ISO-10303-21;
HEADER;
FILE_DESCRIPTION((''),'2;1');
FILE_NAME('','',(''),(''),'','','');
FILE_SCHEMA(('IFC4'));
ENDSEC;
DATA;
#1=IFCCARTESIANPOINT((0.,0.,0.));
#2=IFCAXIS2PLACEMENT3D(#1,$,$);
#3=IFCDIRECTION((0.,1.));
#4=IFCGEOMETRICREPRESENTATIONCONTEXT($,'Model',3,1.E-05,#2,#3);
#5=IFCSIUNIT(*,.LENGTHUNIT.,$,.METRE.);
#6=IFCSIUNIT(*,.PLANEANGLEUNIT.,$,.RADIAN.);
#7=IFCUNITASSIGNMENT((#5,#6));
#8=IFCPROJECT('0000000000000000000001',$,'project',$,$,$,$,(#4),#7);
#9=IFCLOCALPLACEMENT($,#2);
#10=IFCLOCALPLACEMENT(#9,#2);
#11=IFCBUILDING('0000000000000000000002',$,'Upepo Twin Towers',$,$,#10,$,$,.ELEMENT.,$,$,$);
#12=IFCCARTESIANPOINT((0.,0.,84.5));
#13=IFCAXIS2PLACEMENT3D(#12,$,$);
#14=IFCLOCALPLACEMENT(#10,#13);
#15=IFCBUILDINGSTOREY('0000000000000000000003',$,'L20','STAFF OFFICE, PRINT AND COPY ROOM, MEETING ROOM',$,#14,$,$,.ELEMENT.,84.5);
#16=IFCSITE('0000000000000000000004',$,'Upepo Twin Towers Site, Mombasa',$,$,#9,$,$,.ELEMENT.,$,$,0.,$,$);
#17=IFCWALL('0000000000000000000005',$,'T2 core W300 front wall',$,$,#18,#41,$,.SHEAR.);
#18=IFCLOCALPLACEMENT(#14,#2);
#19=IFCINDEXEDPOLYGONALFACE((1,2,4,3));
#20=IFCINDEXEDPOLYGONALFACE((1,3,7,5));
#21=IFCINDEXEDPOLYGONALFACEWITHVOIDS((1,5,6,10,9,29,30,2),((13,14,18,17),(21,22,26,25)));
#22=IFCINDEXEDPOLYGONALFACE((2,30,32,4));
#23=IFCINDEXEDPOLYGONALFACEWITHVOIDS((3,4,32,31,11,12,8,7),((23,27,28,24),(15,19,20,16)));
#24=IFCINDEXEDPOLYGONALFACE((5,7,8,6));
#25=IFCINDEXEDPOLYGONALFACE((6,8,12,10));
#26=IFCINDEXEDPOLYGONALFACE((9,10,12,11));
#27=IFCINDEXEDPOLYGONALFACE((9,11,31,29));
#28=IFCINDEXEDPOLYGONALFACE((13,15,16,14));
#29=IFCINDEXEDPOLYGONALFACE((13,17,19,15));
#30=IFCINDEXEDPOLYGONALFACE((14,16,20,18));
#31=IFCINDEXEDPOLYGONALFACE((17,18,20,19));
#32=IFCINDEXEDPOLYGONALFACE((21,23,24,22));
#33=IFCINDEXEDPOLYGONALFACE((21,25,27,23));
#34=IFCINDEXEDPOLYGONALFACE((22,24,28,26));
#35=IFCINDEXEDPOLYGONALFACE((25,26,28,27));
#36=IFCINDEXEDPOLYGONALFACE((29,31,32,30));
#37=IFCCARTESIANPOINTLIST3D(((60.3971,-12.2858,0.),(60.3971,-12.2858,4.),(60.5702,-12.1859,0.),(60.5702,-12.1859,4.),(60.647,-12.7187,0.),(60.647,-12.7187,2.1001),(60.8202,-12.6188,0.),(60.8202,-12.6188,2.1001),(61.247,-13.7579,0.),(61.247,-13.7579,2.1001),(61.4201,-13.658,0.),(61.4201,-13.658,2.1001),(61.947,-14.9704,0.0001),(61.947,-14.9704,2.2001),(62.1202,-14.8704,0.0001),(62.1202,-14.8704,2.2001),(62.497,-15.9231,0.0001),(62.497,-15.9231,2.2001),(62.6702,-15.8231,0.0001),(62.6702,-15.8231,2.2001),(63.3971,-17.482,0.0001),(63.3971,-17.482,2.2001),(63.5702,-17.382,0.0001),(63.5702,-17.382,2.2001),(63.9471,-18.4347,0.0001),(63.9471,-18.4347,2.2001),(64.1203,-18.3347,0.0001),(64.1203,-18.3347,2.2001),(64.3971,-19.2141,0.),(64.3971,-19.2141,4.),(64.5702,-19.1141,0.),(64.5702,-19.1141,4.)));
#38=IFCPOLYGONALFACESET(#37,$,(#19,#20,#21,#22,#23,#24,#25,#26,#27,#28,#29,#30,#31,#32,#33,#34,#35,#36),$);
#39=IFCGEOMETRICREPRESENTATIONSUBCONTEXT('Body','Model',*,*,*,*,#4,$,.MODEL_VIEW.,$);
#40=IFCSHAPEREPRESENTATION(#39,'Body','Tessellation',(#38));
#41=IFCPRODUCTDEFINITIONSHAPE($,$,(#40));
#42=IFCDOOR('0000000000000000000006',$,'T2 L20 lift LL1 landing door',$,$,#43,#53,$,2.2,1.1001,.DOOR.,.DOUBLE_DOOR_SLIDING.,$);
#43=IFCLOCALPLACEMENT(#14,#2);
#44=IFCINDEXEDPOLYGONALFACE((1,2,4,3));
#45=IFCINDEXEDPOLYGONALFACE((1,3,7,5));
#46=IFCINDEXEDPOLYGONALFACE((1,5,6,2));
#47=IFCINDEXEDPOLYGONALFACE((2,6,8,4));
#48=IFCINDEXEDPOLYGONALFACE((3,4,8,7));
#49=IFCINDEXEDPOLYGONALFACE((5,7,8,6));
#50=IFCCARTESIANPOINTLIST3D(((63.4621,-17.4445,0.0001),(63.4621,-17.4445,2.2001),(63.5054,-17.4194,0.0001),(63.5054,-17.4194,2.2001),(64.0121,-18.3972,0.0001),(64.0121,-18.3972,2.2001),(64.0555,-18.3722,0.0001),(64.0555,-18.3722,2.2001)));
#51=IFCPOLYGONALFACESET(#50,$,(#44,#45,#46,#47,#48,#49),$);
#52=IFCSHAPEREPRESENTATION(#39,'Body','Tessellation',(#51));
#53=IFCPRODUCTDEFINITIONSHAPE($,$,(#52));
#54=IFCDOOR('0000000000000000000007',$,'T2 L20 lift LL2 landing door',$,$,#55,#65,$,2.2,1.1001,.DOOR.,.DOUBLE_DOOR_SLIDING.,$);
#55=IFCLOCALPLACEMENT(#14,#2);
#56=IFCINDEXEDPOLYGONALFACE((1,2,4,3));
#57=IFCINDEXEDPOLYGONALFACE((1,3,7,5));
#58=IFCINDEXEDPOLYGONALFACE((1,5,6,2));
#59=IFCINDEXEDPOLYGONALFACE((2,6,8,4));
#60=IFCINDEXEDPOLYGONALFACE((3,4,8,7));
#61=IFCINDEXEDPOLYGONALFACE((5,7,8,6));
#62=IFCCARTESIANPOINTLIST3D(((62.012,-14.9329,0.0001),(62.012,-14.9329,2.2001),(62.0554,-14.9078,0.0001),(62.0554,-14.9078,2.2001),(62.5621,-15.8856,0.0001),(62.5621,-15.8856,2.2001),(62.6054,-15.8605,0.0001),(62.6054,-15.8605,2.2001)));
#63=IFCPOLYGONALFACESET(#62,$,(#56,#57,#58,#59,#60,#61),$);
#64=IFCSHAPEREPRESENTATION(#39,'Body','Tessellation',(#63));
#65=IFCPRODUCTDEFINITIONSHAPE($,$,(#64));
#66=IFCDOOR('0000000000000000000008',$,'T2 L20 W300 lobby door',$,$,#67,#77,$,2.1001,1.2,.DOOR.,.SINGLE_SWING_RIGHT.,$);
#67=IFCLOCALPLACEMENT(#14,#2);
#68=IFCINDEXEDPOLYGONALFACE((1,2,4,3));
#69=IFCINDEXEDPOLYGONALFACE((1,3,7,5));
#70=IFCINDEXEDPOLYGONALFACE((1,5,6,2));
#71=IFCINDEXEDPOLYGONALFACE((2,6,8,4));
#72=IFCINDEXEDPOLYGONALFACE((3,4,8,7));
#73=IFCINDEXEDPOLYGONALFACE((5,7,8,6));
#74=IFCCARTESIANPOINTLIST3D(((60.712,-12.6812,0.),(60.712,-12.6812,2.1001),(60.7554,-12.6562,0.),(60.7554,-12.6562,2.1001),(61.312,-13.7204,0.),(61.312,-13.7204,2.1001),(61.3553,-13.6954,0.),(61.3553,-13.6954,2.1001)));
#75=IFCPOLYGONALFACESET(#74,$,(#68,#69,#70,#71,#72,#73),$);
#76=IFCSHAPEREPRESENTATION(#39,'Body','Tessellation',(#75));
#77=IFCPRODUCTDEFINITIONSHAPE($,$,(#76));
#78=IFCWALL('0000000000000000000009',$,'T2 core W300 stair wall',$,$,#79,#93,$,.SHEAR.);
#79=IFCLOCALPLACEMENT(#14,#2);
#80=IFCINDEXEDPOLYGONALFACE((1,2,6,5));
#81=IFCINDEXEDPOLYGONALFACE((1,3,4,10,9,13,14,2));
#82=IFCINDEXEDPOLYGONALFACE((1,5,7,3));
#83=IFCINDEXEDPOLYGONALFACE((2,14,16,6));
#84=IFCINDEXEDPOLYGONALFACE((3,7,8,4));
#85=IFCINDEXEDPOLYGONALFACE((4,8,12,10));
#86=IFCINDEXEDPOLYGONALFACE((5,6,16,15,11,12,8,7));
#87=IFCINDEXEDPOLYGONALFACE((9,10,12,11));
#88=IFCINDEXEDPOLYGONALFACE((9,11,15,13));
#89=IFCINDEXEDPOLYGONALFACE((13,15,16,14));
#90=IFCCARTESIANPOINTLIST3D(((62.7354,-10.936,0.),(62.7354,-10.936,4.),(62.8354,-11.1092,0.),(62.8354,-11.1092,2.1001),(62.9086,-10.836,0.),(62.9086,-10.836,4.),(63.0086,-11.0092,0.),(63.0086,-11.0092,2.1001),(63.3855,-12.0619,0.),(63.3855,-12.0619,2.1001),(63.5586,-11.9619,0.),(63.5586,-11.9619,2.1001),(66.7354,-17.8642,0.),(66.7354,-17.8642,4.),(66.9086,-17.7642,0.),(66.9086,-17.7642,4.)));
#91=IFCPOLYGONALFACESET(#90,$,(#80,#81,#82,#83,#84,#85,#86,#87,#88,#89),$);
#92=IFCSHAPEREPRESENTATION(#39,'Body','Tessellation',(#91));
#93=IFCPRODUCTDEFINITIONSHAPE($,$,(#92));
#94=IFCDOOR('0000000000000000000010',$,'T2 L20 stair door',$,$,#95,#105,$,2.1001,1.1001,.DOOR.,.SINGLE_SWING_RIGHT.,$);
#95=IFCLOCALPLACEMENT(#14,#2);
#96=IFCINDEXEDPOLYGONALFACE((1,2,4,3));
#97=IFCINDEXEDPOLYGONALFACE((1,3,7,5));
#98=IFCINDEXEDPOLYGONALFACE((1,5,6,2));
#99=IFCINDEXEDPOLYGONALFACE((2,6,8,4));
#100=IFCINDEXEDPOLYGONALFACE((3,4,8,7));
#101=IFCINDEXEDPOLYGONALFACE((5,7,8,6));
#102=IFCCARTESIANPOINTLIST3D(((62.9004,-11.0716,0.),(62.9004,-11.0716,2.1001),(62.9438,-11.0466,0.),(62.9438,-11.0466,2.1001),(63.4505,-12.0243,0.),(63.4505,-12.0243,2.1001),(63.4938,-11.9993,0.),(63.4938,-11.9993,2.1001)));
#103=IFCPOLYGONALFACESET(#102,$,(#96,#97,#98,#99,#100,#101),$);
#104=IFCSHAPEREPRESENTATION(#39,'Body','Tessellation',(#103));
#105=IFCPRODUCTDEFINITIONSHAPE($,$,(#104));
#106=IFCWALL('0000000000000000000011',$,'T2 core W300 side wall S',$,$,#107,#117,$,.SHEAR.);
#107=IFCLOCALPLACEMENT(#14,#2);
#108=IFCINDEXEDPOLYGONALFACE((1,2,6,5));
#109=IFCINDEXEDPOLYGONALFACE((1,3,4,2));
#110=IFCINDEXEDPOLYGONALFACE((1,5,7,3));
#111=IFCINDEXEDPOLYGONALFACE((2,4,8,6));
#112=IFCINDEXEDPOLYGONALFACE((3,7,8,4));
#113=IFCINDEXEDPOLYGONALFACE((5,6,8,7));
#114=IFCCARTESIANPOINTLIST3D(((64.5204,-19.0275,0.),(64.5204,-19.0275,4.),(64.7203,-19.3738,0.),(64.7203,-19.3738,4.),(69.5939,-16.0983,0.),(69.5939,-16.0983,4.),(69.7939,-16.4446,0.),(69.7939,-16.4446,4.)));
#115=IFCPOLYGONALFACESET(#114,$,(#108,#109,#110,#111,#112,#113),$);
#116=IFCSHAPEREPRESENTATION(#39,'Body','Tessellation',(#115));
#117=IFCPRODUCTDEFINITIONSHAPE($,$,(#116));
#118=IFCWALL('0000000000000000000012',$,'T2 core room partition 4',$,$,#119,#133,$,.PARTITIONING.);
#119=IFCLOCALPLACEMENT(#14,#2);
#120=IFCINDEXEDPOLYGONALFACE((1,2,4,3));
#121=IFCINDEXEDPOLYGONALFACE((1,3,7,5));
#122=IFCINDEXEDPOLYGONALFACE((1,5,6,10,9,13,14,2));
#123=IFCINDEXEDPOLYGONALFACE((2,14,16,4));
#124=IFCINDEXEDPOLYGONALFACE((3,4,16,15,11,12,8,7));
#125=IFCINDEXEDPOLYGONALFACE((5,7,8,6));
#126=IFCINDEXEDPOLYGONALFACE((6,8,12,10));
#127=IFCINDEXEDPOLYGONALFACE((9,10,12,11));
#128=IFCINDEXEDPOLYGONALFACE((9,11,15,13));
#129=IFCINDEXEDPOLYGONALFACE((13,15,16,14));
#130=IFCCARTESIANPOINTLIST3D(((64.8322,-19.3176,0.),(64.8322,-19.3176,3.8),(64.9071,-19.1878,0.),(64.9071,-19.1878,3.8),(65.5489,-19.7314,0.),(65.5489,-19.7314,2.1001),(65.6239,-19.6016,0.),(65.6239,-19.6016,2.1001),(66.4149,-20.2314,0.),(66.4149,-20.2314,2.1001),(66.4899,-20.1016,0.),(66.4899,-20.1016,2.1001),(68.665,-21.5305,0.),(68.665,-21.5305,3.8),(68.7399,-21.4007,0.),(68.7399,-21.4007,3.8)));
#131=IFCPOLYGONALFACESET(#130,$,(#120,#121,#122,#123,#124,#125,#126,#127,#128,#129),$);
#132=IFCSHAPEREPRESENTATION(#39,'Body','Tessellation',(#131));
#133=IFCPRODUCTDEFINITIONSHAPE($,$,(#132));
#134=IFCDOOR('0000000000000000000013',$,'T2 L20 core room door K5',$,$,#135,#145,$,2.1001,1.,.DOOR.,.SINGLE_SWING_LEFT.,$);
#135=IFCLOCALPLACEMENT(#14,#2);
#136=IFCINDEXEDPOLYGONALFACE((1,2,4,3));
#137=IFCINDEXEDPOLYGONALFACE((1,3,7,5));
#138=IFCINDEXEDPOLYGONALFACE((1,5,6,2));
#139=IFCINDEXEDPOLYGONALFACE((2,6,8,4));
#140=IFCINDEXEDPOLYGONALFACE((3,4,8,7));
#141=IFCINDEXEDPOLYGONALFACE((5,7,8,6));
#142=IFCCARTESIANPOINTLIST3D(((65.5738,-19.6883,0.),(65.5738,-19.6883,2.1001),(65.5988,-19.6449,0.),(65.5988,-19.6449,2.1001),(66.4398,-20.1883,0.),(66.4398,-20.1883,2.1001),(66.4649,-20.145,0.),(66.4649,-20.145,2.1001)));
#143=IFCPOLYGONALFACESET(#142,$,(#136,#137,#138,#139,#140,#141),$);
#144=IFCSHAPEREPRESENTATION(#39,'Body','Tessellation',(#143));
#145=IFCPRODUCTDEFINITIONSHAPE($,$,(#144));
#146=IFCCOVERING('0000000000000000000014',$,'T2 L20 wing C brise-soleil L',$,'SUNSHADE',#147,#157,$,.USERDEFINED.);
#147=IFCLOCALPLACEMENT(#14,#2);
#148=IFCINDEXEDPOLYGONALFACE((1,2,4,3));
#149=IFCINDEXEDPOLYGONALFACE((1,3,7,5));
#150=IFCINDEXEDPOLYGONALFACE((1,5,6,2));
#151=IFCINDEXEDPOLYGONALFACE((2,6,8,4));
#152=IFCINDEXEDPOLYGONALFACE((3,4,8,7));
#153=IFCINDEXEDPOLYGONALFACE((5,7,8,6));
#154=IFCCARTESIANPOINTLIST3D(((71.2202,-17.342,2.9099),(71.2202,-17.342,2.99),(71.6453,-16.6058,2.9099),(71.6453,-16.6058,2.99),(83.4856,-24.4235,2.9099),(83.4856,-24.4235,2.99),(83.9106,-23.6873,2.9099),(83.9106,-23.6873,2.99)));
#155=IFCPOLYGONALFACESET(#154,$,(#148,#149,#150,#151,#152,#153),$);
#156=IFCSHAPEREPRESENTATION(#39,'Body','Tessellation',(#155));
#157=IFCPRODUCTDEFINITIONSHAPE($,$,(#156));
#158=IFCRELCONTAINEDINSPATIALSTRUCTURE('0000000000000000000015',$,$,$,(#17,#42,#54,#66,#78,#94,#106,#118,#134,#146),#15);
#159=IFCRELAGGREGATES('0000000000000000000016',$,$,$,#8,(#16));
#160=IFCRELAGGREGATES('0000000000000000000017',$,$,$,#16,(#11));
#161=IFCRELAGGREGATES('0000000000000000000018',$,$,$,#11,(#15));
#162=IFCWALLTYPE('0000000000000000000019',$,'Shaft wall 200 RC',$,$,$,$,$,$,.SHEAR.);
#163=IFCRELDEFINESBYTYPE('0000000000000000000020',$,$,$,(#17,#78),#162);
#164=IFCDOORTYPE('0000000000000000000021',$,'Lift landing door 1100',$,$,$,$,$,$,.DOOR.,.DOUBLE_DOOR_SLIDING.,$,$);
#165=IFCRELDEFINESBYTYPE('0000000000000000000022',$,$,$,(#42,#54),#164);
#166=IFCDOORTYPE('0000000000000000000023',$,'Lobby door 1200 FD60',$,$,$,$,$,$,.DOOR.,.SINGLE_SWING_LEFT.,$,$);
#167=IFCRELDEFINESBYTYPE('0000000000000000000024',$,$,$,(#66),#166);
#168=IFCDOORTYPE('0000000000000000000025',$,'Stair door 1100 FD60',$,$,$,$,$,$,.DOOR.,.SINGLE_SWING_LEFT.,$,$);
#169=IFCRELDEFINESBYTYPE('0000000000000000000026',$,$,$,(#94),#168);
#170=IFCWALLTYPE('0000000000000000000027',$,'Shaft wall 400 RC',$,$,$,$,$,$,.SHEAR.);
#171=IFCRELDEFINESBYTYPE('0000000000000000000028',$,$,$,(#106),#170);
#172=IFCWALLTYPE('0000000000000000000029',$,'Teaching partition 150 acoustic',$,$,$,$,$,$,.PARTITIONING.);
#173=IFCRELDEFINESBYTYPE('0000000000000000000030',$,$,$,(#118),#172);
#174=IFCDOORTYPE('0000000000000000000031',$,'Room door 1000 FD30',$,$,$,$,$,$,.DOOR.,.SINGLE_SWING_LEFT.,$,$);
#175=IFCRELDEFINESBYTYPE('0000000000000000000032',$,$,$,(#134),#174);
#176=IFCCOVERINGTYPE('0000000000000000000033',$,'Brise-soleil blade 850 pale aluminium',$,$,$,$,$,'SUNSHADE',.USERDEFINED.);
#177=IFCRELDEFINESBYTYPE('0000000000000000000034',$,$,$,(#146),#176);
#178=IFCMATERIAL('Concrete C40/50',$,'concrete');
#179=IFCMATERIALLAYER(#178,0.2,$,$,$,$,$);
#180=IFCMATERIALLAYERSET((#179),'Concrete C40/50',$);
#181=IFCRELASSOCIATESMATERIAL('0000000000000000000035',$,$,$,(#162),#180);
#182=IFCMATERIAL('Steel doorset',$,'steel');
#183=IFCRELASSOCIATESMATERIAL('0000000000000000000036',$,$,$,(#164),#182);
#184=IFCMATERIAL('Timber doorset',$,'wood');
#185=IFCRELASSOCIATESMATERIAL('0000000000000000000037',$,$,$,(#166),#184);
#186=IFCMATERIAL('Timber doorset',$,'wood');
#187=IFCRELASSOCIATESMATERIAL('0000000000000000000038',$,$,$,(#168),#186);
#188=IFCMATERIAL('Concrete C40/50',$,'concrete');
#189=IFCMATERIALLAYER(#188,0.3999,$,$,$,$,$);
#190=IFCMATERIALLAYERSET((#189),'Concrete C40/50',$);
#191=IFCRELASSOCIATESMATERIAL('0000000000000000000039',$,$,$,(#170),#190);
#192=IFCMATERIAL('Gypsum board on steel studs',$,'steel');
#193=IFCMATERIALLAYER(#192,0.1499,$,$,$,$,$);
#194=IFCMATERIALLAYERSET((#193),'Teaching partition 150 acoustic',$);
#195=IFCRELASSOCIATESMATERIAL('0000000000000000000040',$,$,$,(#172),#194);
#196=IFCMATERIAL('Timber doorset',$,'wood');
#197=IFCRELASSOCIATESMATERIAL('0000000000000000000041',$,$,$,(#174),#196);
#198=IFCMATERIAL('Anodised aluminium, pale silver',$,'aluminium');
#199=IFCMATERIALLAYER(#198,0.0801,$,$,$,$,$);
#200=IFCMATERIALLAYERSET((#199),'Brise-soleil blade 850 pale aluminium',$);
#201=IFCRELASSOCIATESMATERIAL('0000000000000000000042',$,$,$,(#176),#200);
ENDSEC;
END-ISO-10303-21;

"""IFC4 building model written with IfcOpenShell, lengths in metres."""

from ifc_helpers import new_model, si_unit, direction, frame, frame_2d, origin, origin_2d, place, context, subcontext, project, spatial, rectangle, extrude, material, layer, layer_set, type_object, element, fill, save


model = new_model("IFC4")

# Units and contexts
model_context = context("Model", 3, precision=1e-05, world=origin(), true_north=direction((0.0, 1.0)))
body_context = subcontext(model_context, "Body", "Model", "MODEL_VIEW")
ifc_project = project(units=[si_unit("LENGTHUNIT", "METRE"), si_unit("PLANEANGLEUNIT", "RADIAN")], contexts=[model_context])

# Site, building, storey
site_placement = place(None, origin())
site = spatial("IfcSite", under=ifc_project, at=site_placement, Name="Upepo Twin Towers Site, Mombasa", CompositionType="ELEMENT", RefElevation=0.0)
building_placement = place(site_placement, origin())
building = spatial("IfcBuilding", under=site, at=building_placement, Name="Upepo Twin Towers", CompositionType="ELEMENT")
storey_placement = place(building_placement, frame((0.0, 0.0, 84.5)))
storey = spatial("IfcBuildingStorey", under=building, at=storey_placement, Name="L20", Description="STAFF OFFICE, PRINT AND COPY ROOM, MEETING ROOM", CompositionType="ELEMENT", Elevation=84.5)

# Wall, openings, doors
ifc_material_1 = material(Name="Concrete C40/50", Category="concrete")
ifc_layer_1 = layer(ifc_material_1, 0.2)
ifc_layer_set_1 = layer_set([ifc_layer_1], Name="Concrete C40/50")
wall_type_1 = type_object("IfcWallType", Name="Shaft wall 200 RC", PredefinedType="SHEAR", material=ifc_layer_set_1)
wall_1_placement = place(storey_placement, frame((64.4836, -19.1641, 0.0), z_axis=(0.0, 0.0, 1.0), x_axis=(-0.499999, 0.866026, 0.0)))
wall_1 = element("IfcWall", 1, at=wall_1_placement, inside=storey, type_object=wall_type_1, Name="T2 core W300 front wall", PredefinedType="SHEAR", context=body_context, shape_type="SweptSolid", body=[
    extrude(rectangle(XDim=8.0, YDim=0.2, at=frame_2d((4.0, 0.0))), origin(), (0.0, 0.0, 1.0), 4.0),
])
opening_1_placement = place(wall_1_placement, frame((6.3, 0.0, 0.0)))
opening_1 = element("IfcOpeningElement", 2, at=opening_1_placement, cuts=wall_1, PredefinedType="OPENING", context=body_context, shape_type="SweptSolid", body=[
    extrude(rectangle(XDim=1.2, YDim=2.1001, at=frame_2d((0.6001, 1.05))), frame((0.0, 0.1099, 0.0), z_axis=(0.0, -1.0, 0.0), x_axis=(1.0, 0.0, 0.0)), (0.0, 0.0, 1.0), 0.22),
])
opening_2_placement = place(wall_1_placement, frame((0.8999, 0.0, 0.0)))
opening_2 = element("IfcOpeningElement", 3, at=opening_2_placement, cuts=wall_1, PredefinedType="OPENING", context=body_context, shape_type="SweptSolid", body=[
    extrude(rectangle(XDim=1.1001, YDim=2.2, at=frame_2d((0.55, 1.1001))), frame((0.0, 0.1099, 0.0), z_axis=(0.0, -1.0, 0.0), x_axis=(1.0, 0.0, 0.0)), (0.0, 0.0, 1.0), 0.22),
])
opening_3_placement = place(wall_1_placement, frame((3.8, 0.0, 0.0)))
opening_3 = element("IfcOpeningElement", 4, at=opening_3_placement, cuts=wall_1, PredefinedType="OPENING", context=body_context, shape_type="SweptSolid", body=[
    extrude(rectangle(XDim=1.1001, YDim=2.2, at=frame_2d((0.55, 1.1001))), frame((0.0, 0.1099, 0.0), z_axis=(0.0, -1.0, 0.0), x_axis=(1.0, 0.0, 0.0)), (0.0, 0.0, 1.0), 0.22),
])
ifc_material_2 = material(Name="Steel doorset", Category="steel")
door_type_1 = type_object("IfcDoorType", Name="Lift landing door 1100", OperationType="DOUBLE_DOOR_SLIDING", PredefinedType="DOOR", material=ifc_material_2)
door_1_placement = place(opening_2_placement, origin())
door_1 = element("IfcDoor", 5, at=door_1_placement, inside=storey, type_object=door_type_1, Name="T2 L20 lift LL1 landing door", OperationType="DOUBLE_DOOR_SLIDING", OverallHeight=2.2, OverallWidth=1.1001, PredefinedType="DOOR", context=body_context, shape_type="SweptSolid", body=[
    extrude(rectangle(XDim=1.1001, YDim=2.2, at=frame_2d((0.55, 1.1001))), frame((0.0, 0.0249, 0.0), z_axis=(0.0, -1.0, 0.0), x_axis=(1.0, 0.0, 0.0)), (0.0, 0.0, 1.0), 0.05),
])
fill(opening_2, door_1)
door_2_placement = place(opening_3_placement, origin())
door_2 = element("IfcDoor", 6, at=door_2_placement, inside=storey, type_object=door_type_1, Name="T2 L20 lift LL2 landing door", OperationType="DOUBLE_DOOR_SLIDING", OverallHeight=2.2, OverallWidth=1.1001, PredefinedType="DOOR", context=body_context, shape_type="SweptSolid", body=[
    extrude(rectangle(XDim=1.1001, YDim=2.2, at=frame_2d((0.55, 1.1001))), frame((0.0, 0.0249, 0.0), z_axis=(0.0, -1.0, 0.0), x_axis=(1.0, 0.0, 0.0)), (0.0, 0.0, 1.0), 0.05),
])
fill(opening_3, door_2)
ifc_material_3 = material(Name="Timber doorset", Category="wood")
door_type_2 = type_object("IfcDoorType", Name="Lobby door 1200 FD60", OperationType="SINGLE_SWING_LEFT", PredefinedType="DOOR", material=ifc_material_3)
door_3_placement = place(opening_1_placement, origin())
door_3 = element("IfcDoor", 7, at=door_3_placement, inside=storey, type_object=door_type_2, Name="T2 L20 W300 lobby door", OperationType="SINGLE_SWING_RIGHT", OverallHeight=2.1001, OverallWidth=1.2, PredefinedType="DOOR", context=body_context, shape_type="SweptSolid", body=[
    extrude(rectangle(XDim=1.2, YDim=2.1001, at=frame_2d((0.6001, 1.05))), frame((0.0, 0.0249, 0.0), z_axis=(0.0, -1.0, 0.0), x_axis=(1.0, 0.0, 0.0)), (0.0, 0.0, 1.0), 0.05),
])
fill(opening_1, door_3)

# Wall, opening, door
wall_2_placement = place(storey_placement, frame((66.822, -17.8142, 0.0), z_axis=(0.0, 0.0, 1.0), x_axis=(-0.499999, 0.866026, 0.0)))
wall_2 = element("IfcWall", 8, at=wall_2_placement, inside=storey, type_object=wall_type_1, Name="T2 core W300 stair wall", PredefinedType="SHEAR", context=body_context, shape_type="SweptSolid", body=[
    extrude(rectangle(XDim=8.0, YDim=0.2, at=frame_2d((4.0, 0.0))), origin(), (0.0, 0.0, 1.0), 4.0),
])
opening_4_placement = place(wall_2_placement, frame((6.7, 0.0, 0.0)))
opening_4 = element("IfcOpeningElement", 9, at=opening_4_placement, cuts=wall_2, PredefinedType="OPENING", context=body_context, shape_type="SweptSolid", body=[
    extrude(rectangle(XDim=1.1001, YDim=2.1001, at=frame_2d((0.55, 1.05))), frame((0.0, 0.1099, 0.0), z_axis=(0.0, -1.0, 0.0), x_axis=(1.0, 0.0, 0.0)), (0.0, 0.0, 1.0), 0.22),
])
ifc_material_4 = material(Name="Timber doorset", Category="wood")
door_type_3 = type_object("IfcDoorType", Name="Stair door 1100 FD60", OperationType="SINGLE_SWING_LEFT", PredefinedType="DOOR", material=ifc_material_4)
door_4_placement = place(opening_4_placement, origin())
door_4 = element("IfcDoor", 10, at=door_4_placement, inside=storey, type_object=door_type_3, Name="T2 L20 stair door", OperationType="SINGLE_SWING_RIGHT", OverallHeight=2.1001, OverallWidth=1.1001, PredefinedType="DOOR", context=body_context, shape_type="SweptSolid", body=[
    extrude(rectangle(XDim=1.1001, YDim=2.1001, at=frame_2d((0.55, 1.05))), frame((0.0, 0.0249, 0.0), z_axis=(0.0, -1.0, 0.0), x_axis=(1.0, 0.0, 0.0)), (0.0, 0.0, 1.0), 0.05),
])
fill(opening_4, door_4)

# Wall
ifc_material_5 = material(Name="Concrete C40/50", Category="concrete")
ifc_layer_2 = layer(ifc_material_5, 0.3999)
ifc_layer_set_2 = layer_set([ifc_layer_2], Name="Concrete C40/50")
wall_type_2 = type_object("IfcWallType", Name="Shaft wall 400 RC", PredefinedType="SHEAR", material=ifc_layer_set_2)
wall_3_placement = place(storey_placement, frame((64.6204, -19.2007, 0.0), z_axis=(0.0, 0.0, 1.0), x_axis=(0.866024, 0.500003, 0.0)))
element("IfcWall", 11, at=wall_3_placement, inside=storey, type_object=wall_type_2, Name="T2 core W300 side wall S", PredefinedType="SHEAR", context=body_context, shape_type="SweptSolid", body=[
    extrude(rectangle(XDim=5.8584, YDim=0.3999, at=frame_2d((2.9292, 0.0))), origin(), (0.0, 0.0, 1.0), 4.0),
])

# Wall, opening, door
ifc_material_6 = material(Name="Gypsum board on steel studs", Category="steel")
ifc_layer_3 = layer(ifc_material_6, 0.1499)
ifc_layer_set_3 = layer_set([ifc_layer_3], Name="Teaching partition 150 acoustic")
wall_type_3 = type_object("IfcWallType", Name="Teaching partition 150 acoustic", PredefinedType="PARTITIONING", material=ifc_layer_set_3)
wall_4_placement = place(storey_placement, frame((64.8696, -19.2527, 0.0), z_axis=(0.0, 0.0, 1.0), x_axis=(0.866021, -0.500007, 0.0)))
wall_4 = element("IfcWall", 12, at=wall_4_placement, inside=storey, type_object=wall_type_3, Name="T2 core room partition 4", PredefinedType="PARTITIONING", context=body_context, shape_type="SweptSolid", body=[
    extrude(rectangle(XDim=4.4258, YDim=0.1499, at=frame_2d((2.2129, 0.0))), origin(), (0.0, 0.0, 1.0), 3.8),
])
opening_5_placement = place(wall_4_placement, frame((0.8276, 0.0, 0.0)))
opening_5 = element("IfcOpeningElement", 13, at=opening_5_placement, cuts=wall_4, PredefinedType="OPENING", context=body_context, shape_type="SweptSolid", body=[
    extrude(rectangle(XDim=1.0, YDim=2.1001, at=frame_2d((0.5, 1.05))), frame((0.0, 0.085, 0.0), z_axis=(0.0, -1.0, 0.0), x_axis=(1.0, 0.0, 0.0)), (0.0, 0.0, 1.0), 0.1699),
])
ifc_material_7 = material(Name="Timber doorset", Category="wood")
door_type_4 = type_object("IfcDoorType", Name="Room door 1000 FD30", OperationType="SINGLE_SWING_LEFT", PredefinedType="DOOR", material=ifc_material_7)
door_5_placement = place(opening_5_placement, origin())
door_5 = element("IfcDoor", 14, at=door_5_placement, inside=storey, type_object=door_type_4, Name="T2 L20 core room door K5", OperationType="SINGLE_SWING_LEFT", OverallHeight=2.1001, OverallWidth=1.0, PredefinedType="DOOR", context=body_context, shape_type="SweptSolid", body=[
    extrude(rectangle(XDim=1.0, YDim=2.1001, at=frame_2d((0.5, 1.05))), frame((0.0, 0.0249, 0.0), z_axis=(0.0, -1.0, 0.0), x_axis=(1.0, 0.0, 0.0)), (0.0, 0.0, 1.0), 0.05),
])
fill(opening_5, door_5)

# Covering
ifc_material_8 = material(Name="Anodised aluminium, pale silver", Category="aluminium")
ifc_layer_4 = layer(ifc_material_8, 0.0801)
ifc_layer_set_4 = layer_set([ifc_layer_4], Name="Brise-soleil blade 850 pale aluminium")
covering_type = type_object("IfcCoveringType", Name="Brise-soleil blade 850 pale aluminium", ElementType="SUNSHADE", PredefinedType="USERDEFINED", material=ifc_layer_set_4)
covering_placement = place(storey_placement, frame((77.5654, -20.5146, 2.9099), z_axis=(0.0, 0.0, 1.0), x_axis=(0.866025, -0.5, 0.0)))
element("IfcCovering", 15, at=covering_placement, inside=storey, type_object=covering_type, Name="T2 L20 wing C brise-soleil L", ObjectType="SUNSHADE", PredefinedType="USERDEFINED", context=body_context, shape_type="SweptSolid", body=[
    extrude(rectangle(XDim=14.1628, YDim=0.8501, at=origin_2d()), origin(), (0.0, 0.0, 1.0), 0.0801),
])

save(model, "model.ifc")
